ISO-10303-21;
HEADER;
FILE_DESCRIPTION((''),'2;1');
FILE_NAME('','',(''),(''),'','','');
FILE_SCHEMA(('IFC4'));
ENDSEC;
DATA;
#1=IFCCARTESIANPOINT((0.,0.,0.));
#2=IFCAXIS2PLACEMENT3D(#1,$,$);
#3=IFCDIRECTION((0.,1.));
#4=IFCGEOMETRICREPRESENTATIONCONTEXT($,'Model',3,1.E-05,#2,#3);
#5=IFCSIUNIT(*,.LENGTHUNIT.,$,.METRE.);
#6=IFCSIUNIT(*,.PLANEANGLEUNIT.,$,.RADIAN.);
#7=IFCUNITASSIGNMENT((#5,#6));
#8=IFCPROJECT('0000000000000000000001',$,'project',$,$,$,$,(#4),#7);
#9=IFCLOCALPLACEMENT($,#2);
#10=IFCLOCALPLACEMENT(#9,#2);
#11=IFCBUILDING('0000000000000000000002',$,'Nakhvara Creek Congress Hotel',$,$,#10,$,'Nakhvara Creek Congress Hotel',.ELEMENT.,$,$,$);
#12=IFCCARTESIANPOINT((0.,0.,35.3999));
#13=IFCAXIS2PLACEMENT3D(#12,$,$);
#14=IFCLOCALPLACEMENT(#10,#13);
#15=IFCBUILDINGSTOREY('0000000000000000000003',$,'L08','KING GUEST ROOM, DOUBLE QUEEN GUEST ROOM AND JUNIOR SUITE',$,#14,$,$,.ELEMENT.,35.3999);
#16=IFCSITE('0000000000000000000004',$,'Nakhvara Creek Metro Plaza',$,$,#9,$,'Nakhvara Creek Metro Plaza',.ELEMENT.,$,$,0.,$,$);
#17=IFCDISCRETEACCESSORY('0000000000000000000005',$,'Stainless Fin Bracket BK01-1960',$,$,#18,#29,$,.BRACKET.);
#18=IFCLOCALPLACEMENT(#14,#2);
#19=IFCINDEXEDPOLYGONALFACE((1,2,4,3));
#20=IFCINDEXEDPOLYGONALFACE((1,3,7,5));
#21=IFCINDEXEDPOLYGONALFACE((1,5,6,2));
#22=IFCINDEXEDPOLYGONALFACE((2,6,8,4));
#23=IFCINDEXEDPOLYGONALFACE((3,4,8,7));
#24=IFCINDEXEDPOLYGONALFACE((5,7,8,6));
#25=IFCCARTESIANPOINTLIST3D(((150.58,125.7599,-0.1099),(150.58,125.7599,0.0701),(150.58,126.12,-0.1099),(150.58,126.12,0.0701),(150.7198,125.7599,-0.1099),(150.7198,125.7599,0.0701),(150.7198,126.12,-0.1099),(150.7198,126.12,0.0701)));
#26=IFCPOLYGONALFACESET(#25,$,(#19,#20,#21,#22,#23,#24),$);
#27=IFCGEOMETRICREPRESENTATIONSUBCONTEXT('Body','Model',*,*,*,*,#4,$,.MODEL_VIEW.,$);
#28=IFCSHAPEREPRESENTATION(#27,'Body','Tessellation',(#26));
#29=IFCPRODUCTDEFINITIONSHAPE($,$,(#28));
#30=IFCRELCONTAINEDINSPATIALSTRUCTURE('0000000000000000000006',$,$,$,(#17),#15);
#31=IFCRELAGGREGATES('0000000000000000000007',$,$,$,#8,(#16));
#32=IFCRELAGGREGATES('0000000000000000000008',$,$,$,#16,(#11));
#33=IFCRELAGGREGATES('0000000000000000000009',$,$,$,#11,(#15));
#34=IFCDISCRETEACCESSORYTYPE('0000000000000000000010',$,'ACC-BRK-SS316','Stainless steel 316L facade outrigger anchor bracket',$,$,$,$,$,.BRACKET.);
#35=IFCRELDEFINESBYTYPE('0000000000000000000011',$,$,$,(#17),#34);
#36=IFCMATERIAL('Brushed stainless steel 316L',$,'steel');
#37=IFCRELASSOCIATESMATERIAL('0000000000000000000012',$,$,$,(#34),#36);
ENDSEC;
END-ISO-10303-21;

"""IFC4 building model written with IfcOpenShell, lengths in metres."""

from ifc_helpers import new_model, si_unit, direction, frame, origin, origin_2d, place, context, subcontext, project, spatial, rectangle, extrude, material, type_object, element, save


model = new_model("IFC4")

# Units and contexts
model_context = context("Model", 3, precision=1e-05, world=origin(), true_north=direction((0.0, 1.0)))
body_context = subcontext(model_context, "Body", "Model", "MODEL_VIEW")
ifc_project = project(units=[si_unit("LENGTHUNIT", "METRE"), si_unit("PLANEANGLEUNIT", "RADIAN")], contexts=[model_context])

# Site, building, storey
site_placement = place(None, origin())
site = spatial("IfcSite", under=ifc_project, at=site_placement, Name="Nakhvara Creek Metro Plaza", LongName="Nakhvara Creek Metro Plaza", CompositionType="ELEMENT", RefElevation=0.0)
building_placement = place(site_placement, origin())
building = spatial("IfcBuilding", under=site, at=building_placement, Name="Nakhvara Creek Congress Hotel", LongName="Nakhvara Creek Congress Hotel", CompositionType="ELEMENT")
storey_placement = place(building_placement, frame((0.0, 0.0, 35.3999)))
storey = spatial("IfcBuildingStorey", under=building, at=storey_placement, Name="L08", Description="KING GUEST ROOM, DOUBLE QUEEN GUEST ROOM AND JUNIOR SUITE", CompositionType="ELEMENT", Elevation=35.3999)

# Discrete accessory
ifc_material_1 = material(Name="Brushed stainless steel 316L", Category="steel")
discrete_accessory_type = type_object("IfcDiscreteAccessoryType", Name="ACC-BRK-SS316", Description="Stainless steel 316L facade outrigger anchor bracket", PredefinedType="BRACKET", material=ifc_material_1)
for number, where, z_axis, x_axis, name in (
    (1, (150.6499, 125.9399, -0.1099), (0.0, 0.0, 1.0), (1.0, 0.0, 0.0), "Stainless Fin Bracket BK01-1960"),
):
    element("IfcDiscreteAccessory", number, at=place(storey_placement, frame(where, z_axis=z_axis, x_axis=x_axis)), inside=storey, type_object=discrete_accessory_type, Name=name, PredefinedType="BRACKET", context=body_context, shape_type="SweptSolid", body=[
        extrude(rectangle(XDim=0.1399, YDim=0.3601, at=origin_2d()), origin(), (0.0, 0.0, 1.0), 0.1799),
    ])

save(model, "model.ifc")
